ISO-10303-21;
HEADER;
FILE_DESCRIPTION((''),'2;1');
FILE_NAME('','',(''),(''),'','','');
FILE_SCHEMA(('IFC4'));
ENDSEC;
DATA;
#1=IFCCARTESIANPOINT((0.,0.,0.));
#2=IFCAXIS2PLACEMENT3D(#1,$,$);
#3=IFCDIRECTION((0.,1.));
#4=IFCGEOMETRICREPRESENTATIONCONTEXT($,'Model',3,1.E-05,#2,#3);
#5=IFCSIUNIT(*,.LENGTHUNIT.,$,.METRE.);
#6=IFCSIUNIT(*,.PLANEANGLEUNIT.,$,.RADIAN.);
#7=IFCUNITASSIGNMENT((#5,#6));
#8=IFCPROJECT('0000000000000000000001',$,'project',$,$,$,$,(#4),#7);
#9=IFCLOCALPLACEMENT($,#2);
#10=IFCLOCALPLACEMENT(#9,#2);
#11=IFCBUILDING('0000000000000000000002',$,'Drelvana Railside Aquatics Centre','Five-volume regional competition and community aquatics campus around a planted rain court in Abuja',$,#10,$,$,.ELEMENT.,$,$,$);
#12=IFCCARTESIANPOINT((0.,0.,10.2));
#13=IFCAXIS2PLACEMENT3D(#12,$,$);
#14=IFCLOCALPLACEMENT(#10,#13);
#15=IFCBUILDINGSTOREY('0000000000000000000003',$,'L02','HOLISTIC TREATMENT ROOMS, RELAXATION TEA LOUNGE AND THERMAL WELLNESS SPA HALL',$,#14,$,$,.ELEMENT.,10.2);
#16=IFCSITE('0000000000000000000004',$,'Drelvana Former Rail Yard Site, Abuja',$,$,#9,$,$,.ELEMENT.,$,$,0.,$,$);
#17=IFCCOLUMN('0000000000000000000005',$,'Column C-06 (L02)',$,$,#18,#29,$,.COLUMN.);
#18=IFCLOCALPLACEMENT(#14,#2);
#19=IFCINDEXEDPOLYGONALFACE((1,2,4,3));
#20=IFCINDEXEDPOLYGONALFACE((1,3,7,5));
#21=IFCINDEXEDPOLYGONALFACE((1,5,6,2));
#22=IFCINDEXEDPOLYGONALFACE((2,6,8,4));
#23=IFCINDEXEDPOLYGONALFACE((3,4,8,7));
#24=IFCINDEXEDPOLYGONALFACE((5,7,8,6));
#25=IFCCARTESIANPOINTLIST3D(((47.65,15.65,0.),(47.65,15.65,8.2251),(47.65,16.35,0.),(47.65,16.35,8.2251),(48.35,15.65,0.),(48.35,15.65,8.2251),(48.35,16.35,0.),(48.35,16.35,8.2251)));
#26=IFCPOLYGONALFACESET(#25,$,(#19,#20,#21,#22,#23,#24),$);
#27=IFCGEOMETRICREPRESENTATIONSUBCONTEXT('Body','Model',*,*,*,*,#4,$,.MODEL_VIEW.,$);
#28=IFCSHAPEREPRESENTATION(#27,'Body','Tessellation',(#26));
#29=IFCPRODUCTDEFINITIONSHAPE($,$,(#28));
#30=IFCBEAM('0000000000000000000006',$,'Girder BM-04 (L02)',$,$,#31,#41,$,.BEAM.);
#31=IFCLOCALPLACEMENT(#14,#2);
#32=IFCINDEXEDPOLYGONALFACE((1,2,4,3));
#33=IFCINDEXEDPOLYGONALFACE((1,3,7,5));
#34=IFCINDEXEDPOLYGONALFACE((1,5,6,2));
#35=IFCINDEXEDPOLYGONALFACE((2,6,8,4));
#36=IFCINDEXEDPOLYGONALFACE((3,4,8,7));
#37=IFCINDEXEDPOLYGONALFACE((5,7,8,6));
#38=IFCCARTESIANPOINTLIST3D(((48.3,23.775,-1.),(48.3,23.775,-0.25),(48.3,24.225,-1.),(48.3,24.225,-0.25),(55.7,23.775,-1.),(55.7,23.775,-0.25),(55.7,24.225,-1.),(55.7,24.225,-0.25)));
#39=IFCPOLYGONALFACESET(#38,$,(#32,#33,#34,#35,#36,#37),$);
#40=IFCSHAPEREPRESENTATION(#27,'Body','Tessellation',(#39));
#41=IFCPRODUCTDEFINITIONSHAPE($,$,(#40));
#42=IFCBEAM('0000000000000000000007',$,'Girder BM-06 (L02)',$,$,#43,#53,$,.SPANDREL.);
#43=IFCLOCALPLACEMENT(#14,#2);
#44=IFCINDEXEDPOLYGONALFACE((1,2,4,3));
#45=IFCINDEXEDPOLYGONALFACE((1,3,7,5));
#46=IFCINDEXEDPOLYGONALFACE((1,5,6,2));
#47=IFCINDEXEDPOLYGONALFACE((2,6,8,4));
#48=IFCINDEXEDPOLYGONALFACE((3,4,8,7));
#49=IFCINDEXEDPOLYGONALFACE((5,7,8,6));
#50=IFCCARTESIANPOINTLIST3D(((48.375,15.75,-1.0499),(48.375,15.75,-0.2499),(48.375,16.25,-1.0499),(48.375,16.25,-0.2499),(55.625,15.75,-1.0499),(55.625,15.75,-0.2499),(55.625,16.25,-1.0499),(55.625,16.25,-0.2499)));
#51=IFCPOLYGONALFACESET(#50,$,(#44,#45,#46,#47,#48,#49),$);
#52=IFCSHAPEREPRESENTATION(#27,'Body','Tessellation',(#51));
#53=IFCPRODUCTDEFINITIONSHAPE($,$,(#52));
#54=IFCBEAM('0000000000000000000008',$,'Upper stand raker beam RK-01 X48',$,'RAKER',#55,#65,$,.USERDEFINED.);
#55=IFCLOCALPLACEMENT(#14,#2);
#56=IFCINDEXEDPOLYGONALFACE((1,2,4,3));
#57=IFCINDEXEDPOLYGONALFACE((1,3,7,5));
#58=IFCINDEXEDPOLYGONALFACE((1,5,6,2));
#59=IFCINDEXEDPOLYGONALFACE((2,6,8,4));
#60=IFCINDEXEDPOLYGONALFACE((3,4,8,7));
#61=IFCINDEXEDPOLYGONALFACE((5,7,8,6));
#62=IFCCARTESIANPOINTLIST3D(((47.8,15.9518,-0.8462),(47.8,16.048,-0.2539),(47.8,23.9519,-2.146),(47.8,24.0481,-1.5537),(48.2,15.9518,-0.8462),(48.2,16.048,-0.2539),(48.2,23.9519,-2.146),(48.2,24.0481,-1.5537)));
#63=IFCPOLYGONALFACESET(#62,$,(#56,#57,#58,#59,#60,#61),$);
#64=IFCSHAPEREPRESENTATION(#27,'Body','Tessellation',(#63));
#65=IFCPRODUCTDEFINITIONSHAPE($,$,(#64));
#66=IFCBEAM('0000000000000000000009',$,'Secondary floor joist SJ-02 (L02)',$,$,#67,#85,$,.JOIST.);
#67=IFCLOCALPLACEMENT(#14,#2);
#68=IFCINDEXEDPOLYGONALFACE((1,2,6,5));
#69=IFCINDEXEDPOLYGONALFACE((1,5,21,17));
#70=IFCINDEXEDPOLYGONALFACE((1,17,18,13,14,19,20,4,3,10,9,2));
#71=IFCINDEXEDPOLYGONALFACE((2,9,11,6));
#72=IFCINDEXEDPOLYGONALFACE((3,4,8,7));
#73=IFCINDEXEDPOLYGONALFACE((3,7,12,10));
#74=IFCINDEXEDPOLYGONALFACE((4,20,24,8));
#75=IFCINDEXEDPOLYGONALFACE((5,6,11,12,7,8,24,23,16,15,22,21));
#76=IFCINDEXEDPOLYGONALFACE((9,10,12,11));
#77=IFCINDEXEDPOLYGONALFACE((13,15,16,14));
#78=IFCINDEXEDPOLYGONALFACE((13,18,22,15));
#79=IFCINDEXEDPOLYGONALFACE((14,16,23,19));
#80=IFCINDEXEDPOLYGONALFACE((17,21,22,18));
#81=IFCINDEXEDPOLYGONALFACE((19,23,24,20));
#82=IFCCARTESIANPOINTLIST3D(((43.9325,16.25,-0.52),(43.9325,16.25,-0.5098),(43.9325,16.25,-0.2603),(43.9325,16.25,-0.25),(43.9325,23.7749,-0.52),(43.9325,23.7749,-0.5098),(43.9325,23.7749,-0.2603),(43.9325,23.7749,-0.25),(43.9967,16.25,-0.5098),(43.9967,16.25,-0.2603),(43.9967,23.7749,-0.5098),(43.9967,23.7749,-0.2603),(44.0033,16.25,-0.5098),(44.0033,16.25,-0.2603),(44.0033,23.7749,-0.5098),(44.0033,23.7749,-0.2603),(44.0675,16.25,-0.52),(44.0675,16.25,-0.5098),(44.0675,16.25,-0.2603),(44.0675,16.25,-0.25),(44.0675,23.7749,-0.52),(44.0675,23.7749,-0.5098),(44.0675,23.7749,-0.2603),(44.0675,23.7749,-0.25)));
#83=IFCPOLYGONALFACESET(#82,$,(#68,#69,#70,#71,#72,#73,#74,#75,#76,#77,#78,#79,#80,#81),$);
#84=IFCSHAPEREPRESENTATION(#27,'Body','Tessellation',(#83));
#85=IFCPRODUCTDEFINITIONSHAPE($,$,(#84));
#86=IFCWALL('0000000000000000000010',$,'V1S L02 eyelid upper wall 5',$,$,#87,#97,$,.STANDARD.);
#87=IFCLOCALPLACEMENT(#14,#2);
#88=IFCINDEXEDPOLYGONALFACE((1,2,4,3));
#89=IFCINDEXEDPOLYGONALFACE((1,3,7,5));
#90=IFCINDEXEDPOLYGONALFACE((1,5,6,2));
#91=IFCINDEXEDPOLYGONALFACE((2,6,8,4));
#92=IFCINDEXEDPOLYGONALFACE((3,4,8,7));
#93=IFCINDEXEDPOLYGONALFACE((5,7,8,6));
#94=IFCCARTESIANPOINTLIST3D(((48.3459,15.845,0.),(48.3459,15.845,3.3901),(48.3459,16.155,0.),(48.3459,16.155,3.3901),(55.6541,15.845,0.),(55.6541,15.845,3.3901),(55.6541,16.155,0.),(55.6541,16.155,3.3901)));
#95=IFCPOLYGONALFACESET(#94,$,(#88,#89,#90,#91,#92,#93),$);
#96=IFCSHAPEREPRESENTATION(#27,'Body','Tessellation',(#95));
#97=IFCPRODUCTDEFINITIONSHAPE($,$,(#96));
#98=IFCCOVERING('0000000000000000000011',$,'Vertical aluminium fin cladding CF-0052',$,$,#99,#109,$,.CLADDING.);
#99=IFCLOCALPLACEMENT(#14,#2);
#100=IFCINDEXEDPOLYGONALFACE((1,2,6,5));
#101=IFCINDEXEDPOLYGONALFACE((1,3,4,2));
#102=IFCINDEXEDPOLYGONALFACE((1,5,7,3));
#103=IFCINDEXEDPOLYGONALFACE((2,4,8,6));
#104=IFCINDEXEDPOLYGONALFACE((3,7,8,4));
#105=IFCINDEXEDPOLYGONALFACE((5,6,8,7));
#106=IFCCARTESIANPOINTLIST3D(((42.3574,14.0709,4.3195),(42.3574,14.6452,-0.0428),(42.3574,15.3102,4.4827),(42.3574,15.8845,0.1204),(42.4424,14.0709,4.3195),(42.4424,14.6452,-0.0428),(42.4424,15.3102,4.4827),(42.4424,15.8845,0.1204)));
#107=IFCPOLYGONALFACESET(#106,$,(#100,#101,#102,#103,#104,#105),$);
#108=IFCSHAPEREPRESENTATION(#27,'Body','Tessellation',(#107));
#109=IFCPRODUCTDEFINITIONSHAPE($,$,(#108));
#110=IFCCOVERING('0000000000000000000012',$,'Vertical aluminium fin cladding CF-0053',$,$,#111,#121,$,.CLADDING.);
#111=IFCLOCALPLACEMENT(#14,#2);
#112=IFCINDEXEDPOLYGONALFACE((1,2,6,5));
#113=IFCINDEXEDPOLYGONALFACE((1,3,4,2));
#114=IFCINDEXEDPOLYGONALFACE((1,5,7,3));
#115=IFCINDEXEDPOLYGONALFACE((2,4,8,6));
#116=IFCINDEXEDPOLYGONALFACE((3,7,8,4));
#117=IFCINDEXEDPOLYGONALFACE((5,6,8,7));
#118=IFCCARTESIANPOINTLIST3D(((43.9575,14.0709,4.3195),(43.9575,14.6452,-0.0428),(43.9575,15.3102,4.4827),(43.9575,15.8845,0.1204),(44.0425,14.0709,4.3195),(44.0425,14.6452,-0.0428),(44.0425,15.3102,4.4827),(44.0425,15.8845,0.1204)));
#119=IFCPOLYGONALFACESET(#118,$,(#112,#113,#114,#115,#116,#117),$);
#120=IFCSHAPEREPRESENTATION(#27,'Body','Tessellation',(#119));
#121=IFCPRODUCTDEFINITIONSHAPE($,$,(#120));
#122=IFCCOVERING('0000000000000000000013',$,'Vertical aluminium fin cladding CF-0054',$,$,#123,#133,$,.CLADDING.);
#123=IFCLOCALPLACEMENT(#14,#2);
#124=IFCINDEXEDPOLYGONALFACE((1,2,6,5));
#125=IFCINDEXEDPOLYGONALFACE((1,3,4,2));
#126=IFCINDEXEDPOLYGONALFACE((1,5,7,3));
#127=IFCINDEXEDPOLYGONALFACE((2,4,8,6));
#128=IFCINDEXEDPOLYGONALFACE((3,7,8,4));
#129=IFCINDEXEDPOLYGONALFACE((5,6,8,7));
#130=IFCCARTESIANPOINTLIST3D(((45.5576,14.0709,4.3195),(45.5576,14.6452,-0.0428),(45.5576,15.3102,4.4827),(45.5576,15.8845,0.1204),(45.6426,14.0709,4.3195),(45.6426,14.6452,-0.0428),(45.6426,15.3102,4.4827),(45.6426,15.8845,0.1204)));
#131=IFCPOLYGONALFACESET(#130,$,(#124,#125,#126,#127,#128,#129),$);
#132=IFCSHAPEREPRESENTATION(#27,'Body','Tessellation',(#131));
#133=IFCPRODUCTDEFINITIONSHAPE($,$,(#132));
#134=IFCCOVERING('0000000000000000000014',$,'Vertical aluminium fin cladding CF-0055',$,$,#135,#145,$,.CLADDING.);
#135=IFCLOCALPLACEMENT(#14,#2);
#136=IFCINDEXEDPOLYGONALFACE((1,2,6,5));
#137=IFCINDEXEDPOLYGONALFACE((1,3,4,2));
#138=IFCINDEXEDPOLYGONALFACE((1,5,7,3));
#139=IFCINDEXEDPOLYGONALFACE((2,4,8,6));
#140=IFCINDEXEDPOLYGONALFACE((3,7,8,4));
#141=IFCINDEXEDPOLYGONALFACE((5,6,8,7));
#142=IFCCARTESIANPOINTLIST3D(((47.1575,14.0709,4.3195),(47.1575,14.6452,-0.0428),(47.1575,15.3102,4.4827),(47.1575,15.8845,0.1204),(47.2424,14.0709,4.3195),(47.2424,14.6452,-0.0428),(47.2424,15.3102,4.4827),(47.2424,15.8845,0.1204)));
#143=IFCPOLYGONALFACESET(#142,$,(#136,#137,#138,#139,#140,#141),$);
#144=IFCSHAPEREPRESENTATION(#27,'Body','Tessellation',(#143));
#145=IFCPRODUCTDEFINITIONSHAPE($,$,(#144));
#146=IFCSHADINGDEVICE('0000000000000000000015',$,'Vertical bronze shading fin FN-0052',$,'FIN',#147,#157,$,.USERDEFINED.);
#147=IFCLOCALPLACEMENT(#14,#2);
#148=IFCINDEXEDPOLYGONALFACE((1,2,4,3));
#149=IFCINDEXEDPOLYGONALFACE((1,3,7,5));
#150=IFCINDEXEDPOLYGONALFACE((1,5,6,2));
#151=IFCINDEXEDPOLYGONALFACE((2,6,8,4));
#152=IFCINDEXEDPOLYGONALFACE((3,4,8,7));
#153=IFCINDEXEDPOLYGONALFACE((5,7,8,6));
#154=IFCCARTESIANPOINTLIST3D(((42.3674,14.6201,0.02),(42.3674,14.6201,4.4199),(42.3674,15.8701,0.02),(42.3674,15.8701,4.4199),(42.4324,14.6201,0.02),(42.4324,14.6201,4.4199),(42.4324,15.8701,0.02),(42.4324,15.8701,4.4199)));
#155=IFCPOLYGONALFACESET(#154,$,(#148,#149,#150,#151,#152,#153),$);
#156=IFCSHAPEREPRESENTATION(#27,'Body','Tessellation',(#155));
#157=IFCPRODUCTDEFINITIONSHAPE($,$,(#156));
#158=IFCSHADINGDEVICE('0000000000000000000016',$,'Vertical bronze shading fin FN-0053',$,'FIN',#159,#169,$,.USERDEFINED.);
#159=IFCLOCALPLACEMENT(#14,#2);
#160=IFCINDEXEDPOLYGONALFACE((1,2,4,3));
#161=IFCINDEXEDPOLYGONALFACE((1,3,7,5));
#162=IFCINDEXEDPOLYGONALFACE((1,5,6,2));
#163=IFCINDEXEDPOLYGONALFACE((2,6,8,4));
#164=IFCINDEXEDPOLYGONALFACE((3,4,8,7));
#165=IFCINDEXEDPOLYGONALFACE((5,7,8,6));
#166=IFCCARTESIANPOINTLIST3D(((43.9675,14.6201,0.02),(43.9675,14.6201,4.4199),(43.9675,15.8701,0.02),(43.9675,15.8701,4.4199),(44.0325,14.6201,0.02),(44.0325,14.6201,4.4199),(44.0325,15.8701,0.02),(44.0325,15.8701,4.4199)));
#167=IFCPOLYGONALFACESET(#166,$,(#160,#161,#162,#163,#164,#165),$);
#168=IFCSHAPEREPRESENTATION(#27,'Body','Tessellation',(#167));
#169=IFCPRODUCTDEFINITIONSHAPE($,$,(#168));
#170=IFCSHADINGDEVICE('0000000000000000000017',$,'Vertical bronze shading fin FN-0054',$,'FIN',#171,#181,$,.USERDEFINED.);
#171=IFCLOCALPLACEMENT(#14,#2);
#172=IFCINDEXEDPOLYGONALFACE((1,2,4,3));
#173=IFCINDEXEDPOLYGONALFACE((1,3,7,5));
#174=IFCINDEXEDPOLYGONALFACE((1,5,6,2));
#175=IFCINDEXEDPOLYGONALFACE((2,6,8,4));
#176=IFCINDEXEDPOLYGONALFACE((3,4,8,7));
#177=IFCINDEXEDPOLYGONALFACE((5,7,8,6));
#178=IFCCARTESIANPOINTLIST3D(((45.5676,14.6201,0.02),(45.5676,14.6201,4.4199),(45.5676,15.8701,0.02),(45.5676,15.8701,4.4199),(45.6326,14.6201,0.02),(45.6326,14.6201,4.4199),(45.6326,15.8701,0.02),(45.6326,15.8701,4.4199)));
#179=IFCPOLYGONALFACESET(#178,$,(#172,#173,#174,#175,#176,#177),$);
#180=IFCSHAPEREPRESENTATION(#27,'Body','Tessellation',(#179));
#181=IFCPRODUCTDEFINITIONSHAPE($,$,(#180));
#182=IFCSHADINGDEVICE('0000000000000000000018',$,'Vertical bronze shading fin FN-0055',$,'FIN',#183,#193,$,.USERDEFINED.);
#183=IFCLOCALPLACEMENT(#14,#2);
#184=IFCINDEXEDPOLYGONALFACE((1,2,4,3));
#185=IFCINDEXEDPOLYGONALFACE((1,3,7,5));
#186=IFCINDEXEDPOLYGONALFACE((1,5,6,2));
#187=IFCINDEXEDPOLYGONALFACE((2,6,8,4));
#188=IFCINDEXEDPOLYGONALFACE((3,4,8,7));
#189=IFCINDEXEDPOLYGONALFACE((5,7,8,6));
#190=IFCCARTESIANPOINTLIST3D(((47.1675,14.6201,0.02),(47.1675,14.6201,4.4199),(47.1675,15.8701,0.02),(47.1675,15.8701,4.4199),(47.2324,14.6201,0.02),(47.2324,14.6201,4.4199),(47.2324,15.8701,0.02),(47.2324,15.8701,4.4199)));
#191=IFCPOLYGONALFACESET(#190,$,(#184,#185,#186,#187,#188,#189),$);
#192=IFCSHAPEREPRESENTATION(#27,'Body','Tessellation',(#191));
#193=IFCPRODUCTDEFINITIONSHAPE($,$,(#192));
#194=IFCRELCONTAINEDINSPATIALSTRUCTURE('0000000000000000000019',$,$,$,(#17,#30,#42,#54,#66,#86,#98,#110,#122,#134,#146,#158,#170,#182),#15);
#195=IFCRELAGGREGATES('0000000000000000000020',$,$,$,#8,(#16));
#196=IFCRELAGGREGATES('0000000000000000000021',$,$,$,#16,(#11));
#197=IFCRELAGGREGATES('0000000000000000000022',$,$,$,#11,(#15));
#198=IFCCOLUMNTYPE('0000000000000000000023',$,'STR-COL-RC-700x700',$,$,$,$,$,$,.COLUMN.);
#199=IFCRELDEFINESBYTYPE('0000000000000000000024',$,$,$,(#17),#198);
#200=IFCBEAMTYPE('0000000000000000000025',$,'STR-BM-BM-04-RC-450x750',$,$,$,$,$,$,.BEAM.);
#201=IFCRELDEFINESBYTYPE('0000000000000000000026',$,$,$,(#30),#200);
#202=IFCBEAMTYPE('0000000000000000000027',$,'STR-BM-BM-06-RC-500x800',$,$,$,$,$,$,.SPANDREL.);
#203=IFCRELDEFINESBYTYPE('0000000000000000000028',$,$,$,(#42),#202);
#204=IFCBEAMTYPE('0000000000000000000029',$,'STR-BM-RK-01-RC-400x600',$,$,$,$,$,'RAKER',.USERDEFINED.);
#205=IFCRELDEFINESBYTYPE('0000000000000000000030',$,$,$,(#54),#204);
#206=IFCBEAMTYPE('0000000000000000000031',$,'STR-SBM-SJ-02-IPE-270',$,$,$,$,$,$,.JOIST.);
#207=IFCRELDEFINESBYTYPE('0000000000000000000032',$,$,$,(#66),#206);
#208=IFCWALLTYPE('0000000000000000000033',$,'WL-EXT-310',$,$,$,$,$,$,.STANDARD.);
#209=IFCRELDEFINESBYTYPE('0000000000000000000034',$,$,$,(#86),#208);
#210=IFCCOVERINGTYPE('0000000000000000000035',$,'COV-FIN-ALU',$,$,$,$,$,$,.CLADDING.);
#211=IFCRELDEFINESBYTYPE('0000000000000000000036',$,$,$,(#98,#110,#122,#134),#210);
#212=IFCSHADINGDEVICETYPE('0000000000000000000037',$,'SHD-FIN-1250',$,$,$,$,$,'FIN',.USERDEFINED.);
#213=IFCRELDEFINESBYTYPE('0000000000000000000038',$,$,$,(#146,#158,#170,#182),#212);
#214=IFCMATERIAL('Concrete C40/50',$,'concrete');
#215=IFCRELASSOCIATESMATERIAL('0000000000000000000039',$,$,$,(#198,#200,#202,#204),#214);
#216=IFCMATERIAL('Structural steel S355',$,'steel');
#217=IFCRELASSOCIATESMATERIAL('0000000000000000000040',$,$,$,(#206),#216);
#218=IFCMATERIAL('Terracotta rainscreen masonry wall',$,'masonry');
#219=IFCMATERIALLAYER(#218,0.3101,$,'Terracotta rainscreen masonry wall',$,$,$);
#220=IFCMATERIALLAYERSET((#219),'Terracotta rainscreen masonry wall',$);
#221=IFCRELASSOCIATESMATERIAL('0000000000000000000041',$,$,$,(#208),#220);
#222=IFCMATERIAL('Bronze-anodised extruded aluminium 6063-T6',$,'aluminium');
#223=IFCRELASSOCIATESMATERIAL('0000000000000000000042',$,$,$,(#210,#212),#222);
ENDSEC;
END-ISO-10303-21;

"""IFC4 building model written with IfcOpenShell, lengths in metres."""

from ifc_helpers import new_model, si_unit, direction, frame, frame_2d, origin, origin_2d, place, context, subcontext, project, spatial, rectangle, i_section, extrude, material, layer, layer_set, material_profile, profile_set, type_object, element, save


model = new_model("IFC4")

# Units and contexts
model_context = context("Model", 3, precision=1e-05, world=origin(), true_north=direction((0.0, 1.0)))
body_context = subcontext(model_context, "Body", "Model", "MODEL_VIEW")
ifc_project = project(units=[si_unit("LENGTHUNIT", "METRE"), si_unit("PLANEANGLEUNIT", "RADIAN")], contexts=[model_context])

# Site, building, storey
site_placement = place(None, origin())
site = spatial("IfcSite", under=ifc_project, at=site_placement, Name="Drelvana Former Rail Yard Site, Abuja", CompositionType="ELEMENT", RefElevation=0.0)
building_placement = place(site_placement, origin())
building = spatial("IfcBuilding", under=site, at=building_placement, Name="Drelvana Railside Aquatics Centre", Description="Five-volume regional competition and community aquatics campus around a planted rain court in Abuja", CompositionType="ELEMENT")
storey_placement = place(building_placement, frame((0.0, 0.0, 10.2)))
storey = spatial("IfcBuildingStorey", under=building, at=storey_placement, Name="L02", Description="HOLISTIC TREATMENT ROOMS, RELAXATION TEA LOUNGE AND THERMAL WELLNESS SPA HALL", CompositionType="ELEMENT", Elevation=10.2)

# Column
ifc_material_1 = material(Name="Concrete C40/50", Category="concrete")
ifc_material_profile_1 = material_profile(ifc_material_1, rectangle(XDim=0.7, YDim=0.7, at=origin_2d()), Name="RC 700x700")
ifc_profile_set_1 = profile_set([ifc_material_profile_1], Name="Concrete C40/50")
column_type = type_object("IfcColumnType", Name="STR-COL-RC-700x700", PredefinedType="COLUMN", material=ifc_profile_set_1)
column_placement = place(storey_placement, frame((48.0, 16.0, 0.0), z_axis=(0.0, 0.0, 1.0), x_axis=(1.0, 0.0, 0.0)))
element("IfcColumn", 1, at=column_placement, inside=storey, type_object=column_type, Name="Column C-06 (L02)", PredefinedType="COLUMN", context=body_context, shape_type="SweptSolid", body=[
    extrude(rectangle(XDim=0.7, YDim=0.7, at=origin_2d()), origin(), (0.0, 0.0, 1.0), 8.2251),
])

# Beams
ifc_material_profile_2 = material_profile(ifc_material_1, rectangle(XDim=0.45, YDim=0.75, at=origin_2d()), Name="RC 450x750")
ifc_profile_set_2 = profile_set([ifc_material_profile_2], Name="Concrete C40/50")
beam_type_1 = type_object("IfcBeamType", Name="STR-BM-BM-04-RC-450x750", PredefinedType="BEAM", material=ifc_profile_set_2)
beam_1_placement = place(storey_placement, frame((48.3, 24.0, -0.625), z_axis=(1.0, 0.0, 0.0), x_axis=(0.0, 1.0, 0.0)))
element("IfcBeam", 2, at=beam_1_placement, inside=storey, type_object=beam_type_1, Name="Girder BM-04 (L02)", PredefinedType="BEAM", context=body_context, shape_type="SweptSolid", body=[
    extrude(rectangle(XDim=0.45, YDim=0.75, at=origin_2d()), origin(), (0.0, 0.0, 1.0), 7.3999),
])
ifc_material_profile_3 = material_profile(ifc_material_1, rectangle(XDim=0.5, YDim=0.8, at=origin_2d()), Name="RC 500x800")
ifc_profile_set_3 = profile_set([ifc_material_profile_3], Name="Concrete C40/50")
beam_type_2 = type_object("IfcBeamType", Name="STR-BM-BM-06-RC-500x800", PredefinedType="SPANDREL", material=ifc_profile_set_3)
beam_2_placement = place(storey_placement, frame((48.375, 16.0, -0.6499), z_axis=(1.0, 0.0, 0.0), x_axis=(0.0, 1.0, 0.0)))
element("IfcBeam", 3, at=beam_2_placement, inside=storey, type_object=beam_type_2, Name="Girder BM-06 (L02)", PredefinedType="SPANDREL", context=body_context, shape_type="SweptSolid", body=[
    extrude(rectangle(XDim=0.5, YDim=0.8, at=origin_2d()), origin(), (0.0, 0.0, 1.0), 7.25),
])
ifc_material_profile_4 = material_profile(ifc_material_1, rectangle(XDim=0.3999, YDim=0.6001, at=origin_2d()), Name="RC 400x600")
ifc_profile_set_4 = profile_set([ifc_material_profile_4], Name="Concrete C40/50")
beam_type_3 = type_object("IfcBeamType", Name="STR-BM-RK-01-RC-400x600", ElementType="RAKER", PredefinedType="USERDEFINED", material=ifc_profile_set_4)
beam_3_placement = place(storey_placement, frame((48.0, 24.0, -1.8499), z_axis=(0.0, -0.987057, 0.160373), x_axis=(1.0, 0.0, 0.0)))
element("IfcBeam", 4, at=beam_3_placement, inside=storey, type_object=beam_type_3, Name="Upper stand raker beam RK-01 X48", ObjectType="RAKER", PredefinedType="USERDEFINED", context=body_context, shape_type="SweptSolid", body=[
    extrude(rectangle(XDim=0.3999, YDim=0.6001, at=origin_2d()), origin(), (0.0, 0.0, 1.0), 8.105),
])
ifc_material_2 = material(Name="Structural steel S355", Category="steel")
ifc_material_profile_5 = material_profile(ifc_material_2, i_section(OverallWidth=0.135, OverallDepth=0.27, WebThickness=0.0066, FlangeThickness=0.0103, at=origin_2d()), Name="IPE 270")
ifc_profile_set_5 = profile_set([ifc_material_profile_5], Name="Structural steel S355")
beam_type_4 = type_object("IfcBeamType", Name="STR-SBM-SJ-02-IPE-270", PredefinedType="JOIST", material=ifc_profile_set_5)
beam_4_placement = place(storey_placement, frame((44.0, 16.25, -0.385), z_axis=(0.0, 1.0, 0.0), x_axis=(-1.0, 0.0, 0.0)))
element("IfcBeam", 5, at=beam_4_placement, inside=storey, type_object=beam_type_4, Name="Secondary floor joist SJ-02 (L02)", PredefinedType="JOIST", context=body_context, shape_type="SweptSolid", body=[
    extrude(i_section(OverallWidth=0.135, OverallDepth=0.27, WebThickness=0.0066, FlangeThickness=0.0103, at=origin_2d()), origin(), (0.0, 0.0, 1.0), 7.5249),
])

# Wall
ifc_material_3 = material(Name="Terracotta rainscreen masonry wall", Category="masonry")
ifc_layer = layer(ifc_material_3, 0.3101, Name="Terracotta rainscreen masonry wall")
ifc_layer_set = layer_set([ifc_layer], Name="Terracotta rainscreen masonry wall")
wall_type = type_object("IfcWallType", Name="WL-EXT-310", PredefinedType="STANDARD", material=ifc_layer_set)
wall_placement = place(storey_placement, frame((48.3459, 16.0, 0.0), z_axis=(0.0, 0.0, 1.0), x_axis=(1.0, 0.0, 0.0)))
element("IfcWall", 6, at=wall_placement, inside=storey, type_object=wall_type, Name="V1S L02 eyelid upper wall 5", PredefinedType="STANDARD", context=body_context, shape_type="SweptSolid", body=[
    extrude(rectangle(XDim=7.3081, YDim=0.3101, at=frame_2d((3.6541, 0.0))), origin(), (0.0, 0.0, 1.0), 3.3901),
])

# Coverings
ifc_material_4 = material(Name="Bronze-anodised extruded aluminium 6063-T6", Category="aluminium")
covering_type = type_object("IfcCoveringType", Name="COV-FIN-ALU", PredefinedType="CLADDING", material=ifc_material_4)
for number, where, z_axis, x_axis, name in (
    (7, (42.3999, 15.2649, 0.0388), (0.0, -0.130526, 0.991445), (-1.0, 0.0, 0.0), "Vertical aluminium fin cladding CF-0052"),
    (8, (44.0, 15.2649, 0.0388), (0.0, -0.130526, 0.991445), (-1.0, 0.0, 0.0), "Vertical aluminium fin cladding CF-0053"),
    (9, (45.6001, 15.2649, 0.0388), (0.0, -0.130526, 0.991445), (-1.0, 0.0, 0.0), "Vertical aluminium fin cladding CF-0054"),
    (10, (47.2, 15.2649, 0.0388), (0.0, -0.130526, 0.991445), (-1.0, 0.0, 0.0), "Vertical aluminium fin cladding CF-0055"),
):
    element("IfcCovering", number, at=place(storey_placement, frame(where, z_axis=z_axis, x_axis=x_axis)), inside=storey, type_object=covering_type, Name=name, PredefinedType="CLADDING", context=body_context, shape_type="SweptSolid", body=[
        extrude(rectangle(XDim=0.085, YDim=1.25, at=origin_2d()), origin(), (0.0, 0.0, 1.0), 4.3999),
    ])

# Shading devices
shading_device_type = type_object("IfcShadingDeviceType", Name="SHD-FIN-1250", ElementType="FIN", PredefinedType="USERDEFINED", material=ifc_material_4)
for number, where, z_axis, x_axis, name in (
    (11, (42.3999, 15.2451, 0.02), (0.0, 0.0, 1.0), (0.0, -1.0, 0.0), "Vertical bronze shading fin FN-0052"),
    (12, (44.0, 15.2451, 0.02), (0.0, 0.0, 1.0), (0.0, -1.0, 0.0), "Vertical bronze shading fin FN-0053"),
    (13, (45.6001, 15.2451, 0.02), (0.0, 0.0, 1.0), (0.0, -1.0, 0.0), "Vertical bronze shading fin FN-0054"),
    (14, (47.2, 15.2451, 0.02), (0.0, 0.0, 1.0), (0.0, -1.0, 0.0), "Vertical bronze shading fin FN-0055"),
):
    element("IfcShadingDevice", number, at=place(storey_placement, frame(where, z_axis=z_axis, x_axis=x_axis)), inside=storey, type_object=shading_device_type, Name=name, ObjectType="FIN", PredefinedType="USERDEFINED", context=body_context, shape_type="SweptSolid", body=[
        extrude(rectangle(XDim=1.25, YDim=0.0649, at=origin_2d()), origin(), (0.0, 0.0, 1.0), 4.3999),
    ])

save(model, "model.ifc")
